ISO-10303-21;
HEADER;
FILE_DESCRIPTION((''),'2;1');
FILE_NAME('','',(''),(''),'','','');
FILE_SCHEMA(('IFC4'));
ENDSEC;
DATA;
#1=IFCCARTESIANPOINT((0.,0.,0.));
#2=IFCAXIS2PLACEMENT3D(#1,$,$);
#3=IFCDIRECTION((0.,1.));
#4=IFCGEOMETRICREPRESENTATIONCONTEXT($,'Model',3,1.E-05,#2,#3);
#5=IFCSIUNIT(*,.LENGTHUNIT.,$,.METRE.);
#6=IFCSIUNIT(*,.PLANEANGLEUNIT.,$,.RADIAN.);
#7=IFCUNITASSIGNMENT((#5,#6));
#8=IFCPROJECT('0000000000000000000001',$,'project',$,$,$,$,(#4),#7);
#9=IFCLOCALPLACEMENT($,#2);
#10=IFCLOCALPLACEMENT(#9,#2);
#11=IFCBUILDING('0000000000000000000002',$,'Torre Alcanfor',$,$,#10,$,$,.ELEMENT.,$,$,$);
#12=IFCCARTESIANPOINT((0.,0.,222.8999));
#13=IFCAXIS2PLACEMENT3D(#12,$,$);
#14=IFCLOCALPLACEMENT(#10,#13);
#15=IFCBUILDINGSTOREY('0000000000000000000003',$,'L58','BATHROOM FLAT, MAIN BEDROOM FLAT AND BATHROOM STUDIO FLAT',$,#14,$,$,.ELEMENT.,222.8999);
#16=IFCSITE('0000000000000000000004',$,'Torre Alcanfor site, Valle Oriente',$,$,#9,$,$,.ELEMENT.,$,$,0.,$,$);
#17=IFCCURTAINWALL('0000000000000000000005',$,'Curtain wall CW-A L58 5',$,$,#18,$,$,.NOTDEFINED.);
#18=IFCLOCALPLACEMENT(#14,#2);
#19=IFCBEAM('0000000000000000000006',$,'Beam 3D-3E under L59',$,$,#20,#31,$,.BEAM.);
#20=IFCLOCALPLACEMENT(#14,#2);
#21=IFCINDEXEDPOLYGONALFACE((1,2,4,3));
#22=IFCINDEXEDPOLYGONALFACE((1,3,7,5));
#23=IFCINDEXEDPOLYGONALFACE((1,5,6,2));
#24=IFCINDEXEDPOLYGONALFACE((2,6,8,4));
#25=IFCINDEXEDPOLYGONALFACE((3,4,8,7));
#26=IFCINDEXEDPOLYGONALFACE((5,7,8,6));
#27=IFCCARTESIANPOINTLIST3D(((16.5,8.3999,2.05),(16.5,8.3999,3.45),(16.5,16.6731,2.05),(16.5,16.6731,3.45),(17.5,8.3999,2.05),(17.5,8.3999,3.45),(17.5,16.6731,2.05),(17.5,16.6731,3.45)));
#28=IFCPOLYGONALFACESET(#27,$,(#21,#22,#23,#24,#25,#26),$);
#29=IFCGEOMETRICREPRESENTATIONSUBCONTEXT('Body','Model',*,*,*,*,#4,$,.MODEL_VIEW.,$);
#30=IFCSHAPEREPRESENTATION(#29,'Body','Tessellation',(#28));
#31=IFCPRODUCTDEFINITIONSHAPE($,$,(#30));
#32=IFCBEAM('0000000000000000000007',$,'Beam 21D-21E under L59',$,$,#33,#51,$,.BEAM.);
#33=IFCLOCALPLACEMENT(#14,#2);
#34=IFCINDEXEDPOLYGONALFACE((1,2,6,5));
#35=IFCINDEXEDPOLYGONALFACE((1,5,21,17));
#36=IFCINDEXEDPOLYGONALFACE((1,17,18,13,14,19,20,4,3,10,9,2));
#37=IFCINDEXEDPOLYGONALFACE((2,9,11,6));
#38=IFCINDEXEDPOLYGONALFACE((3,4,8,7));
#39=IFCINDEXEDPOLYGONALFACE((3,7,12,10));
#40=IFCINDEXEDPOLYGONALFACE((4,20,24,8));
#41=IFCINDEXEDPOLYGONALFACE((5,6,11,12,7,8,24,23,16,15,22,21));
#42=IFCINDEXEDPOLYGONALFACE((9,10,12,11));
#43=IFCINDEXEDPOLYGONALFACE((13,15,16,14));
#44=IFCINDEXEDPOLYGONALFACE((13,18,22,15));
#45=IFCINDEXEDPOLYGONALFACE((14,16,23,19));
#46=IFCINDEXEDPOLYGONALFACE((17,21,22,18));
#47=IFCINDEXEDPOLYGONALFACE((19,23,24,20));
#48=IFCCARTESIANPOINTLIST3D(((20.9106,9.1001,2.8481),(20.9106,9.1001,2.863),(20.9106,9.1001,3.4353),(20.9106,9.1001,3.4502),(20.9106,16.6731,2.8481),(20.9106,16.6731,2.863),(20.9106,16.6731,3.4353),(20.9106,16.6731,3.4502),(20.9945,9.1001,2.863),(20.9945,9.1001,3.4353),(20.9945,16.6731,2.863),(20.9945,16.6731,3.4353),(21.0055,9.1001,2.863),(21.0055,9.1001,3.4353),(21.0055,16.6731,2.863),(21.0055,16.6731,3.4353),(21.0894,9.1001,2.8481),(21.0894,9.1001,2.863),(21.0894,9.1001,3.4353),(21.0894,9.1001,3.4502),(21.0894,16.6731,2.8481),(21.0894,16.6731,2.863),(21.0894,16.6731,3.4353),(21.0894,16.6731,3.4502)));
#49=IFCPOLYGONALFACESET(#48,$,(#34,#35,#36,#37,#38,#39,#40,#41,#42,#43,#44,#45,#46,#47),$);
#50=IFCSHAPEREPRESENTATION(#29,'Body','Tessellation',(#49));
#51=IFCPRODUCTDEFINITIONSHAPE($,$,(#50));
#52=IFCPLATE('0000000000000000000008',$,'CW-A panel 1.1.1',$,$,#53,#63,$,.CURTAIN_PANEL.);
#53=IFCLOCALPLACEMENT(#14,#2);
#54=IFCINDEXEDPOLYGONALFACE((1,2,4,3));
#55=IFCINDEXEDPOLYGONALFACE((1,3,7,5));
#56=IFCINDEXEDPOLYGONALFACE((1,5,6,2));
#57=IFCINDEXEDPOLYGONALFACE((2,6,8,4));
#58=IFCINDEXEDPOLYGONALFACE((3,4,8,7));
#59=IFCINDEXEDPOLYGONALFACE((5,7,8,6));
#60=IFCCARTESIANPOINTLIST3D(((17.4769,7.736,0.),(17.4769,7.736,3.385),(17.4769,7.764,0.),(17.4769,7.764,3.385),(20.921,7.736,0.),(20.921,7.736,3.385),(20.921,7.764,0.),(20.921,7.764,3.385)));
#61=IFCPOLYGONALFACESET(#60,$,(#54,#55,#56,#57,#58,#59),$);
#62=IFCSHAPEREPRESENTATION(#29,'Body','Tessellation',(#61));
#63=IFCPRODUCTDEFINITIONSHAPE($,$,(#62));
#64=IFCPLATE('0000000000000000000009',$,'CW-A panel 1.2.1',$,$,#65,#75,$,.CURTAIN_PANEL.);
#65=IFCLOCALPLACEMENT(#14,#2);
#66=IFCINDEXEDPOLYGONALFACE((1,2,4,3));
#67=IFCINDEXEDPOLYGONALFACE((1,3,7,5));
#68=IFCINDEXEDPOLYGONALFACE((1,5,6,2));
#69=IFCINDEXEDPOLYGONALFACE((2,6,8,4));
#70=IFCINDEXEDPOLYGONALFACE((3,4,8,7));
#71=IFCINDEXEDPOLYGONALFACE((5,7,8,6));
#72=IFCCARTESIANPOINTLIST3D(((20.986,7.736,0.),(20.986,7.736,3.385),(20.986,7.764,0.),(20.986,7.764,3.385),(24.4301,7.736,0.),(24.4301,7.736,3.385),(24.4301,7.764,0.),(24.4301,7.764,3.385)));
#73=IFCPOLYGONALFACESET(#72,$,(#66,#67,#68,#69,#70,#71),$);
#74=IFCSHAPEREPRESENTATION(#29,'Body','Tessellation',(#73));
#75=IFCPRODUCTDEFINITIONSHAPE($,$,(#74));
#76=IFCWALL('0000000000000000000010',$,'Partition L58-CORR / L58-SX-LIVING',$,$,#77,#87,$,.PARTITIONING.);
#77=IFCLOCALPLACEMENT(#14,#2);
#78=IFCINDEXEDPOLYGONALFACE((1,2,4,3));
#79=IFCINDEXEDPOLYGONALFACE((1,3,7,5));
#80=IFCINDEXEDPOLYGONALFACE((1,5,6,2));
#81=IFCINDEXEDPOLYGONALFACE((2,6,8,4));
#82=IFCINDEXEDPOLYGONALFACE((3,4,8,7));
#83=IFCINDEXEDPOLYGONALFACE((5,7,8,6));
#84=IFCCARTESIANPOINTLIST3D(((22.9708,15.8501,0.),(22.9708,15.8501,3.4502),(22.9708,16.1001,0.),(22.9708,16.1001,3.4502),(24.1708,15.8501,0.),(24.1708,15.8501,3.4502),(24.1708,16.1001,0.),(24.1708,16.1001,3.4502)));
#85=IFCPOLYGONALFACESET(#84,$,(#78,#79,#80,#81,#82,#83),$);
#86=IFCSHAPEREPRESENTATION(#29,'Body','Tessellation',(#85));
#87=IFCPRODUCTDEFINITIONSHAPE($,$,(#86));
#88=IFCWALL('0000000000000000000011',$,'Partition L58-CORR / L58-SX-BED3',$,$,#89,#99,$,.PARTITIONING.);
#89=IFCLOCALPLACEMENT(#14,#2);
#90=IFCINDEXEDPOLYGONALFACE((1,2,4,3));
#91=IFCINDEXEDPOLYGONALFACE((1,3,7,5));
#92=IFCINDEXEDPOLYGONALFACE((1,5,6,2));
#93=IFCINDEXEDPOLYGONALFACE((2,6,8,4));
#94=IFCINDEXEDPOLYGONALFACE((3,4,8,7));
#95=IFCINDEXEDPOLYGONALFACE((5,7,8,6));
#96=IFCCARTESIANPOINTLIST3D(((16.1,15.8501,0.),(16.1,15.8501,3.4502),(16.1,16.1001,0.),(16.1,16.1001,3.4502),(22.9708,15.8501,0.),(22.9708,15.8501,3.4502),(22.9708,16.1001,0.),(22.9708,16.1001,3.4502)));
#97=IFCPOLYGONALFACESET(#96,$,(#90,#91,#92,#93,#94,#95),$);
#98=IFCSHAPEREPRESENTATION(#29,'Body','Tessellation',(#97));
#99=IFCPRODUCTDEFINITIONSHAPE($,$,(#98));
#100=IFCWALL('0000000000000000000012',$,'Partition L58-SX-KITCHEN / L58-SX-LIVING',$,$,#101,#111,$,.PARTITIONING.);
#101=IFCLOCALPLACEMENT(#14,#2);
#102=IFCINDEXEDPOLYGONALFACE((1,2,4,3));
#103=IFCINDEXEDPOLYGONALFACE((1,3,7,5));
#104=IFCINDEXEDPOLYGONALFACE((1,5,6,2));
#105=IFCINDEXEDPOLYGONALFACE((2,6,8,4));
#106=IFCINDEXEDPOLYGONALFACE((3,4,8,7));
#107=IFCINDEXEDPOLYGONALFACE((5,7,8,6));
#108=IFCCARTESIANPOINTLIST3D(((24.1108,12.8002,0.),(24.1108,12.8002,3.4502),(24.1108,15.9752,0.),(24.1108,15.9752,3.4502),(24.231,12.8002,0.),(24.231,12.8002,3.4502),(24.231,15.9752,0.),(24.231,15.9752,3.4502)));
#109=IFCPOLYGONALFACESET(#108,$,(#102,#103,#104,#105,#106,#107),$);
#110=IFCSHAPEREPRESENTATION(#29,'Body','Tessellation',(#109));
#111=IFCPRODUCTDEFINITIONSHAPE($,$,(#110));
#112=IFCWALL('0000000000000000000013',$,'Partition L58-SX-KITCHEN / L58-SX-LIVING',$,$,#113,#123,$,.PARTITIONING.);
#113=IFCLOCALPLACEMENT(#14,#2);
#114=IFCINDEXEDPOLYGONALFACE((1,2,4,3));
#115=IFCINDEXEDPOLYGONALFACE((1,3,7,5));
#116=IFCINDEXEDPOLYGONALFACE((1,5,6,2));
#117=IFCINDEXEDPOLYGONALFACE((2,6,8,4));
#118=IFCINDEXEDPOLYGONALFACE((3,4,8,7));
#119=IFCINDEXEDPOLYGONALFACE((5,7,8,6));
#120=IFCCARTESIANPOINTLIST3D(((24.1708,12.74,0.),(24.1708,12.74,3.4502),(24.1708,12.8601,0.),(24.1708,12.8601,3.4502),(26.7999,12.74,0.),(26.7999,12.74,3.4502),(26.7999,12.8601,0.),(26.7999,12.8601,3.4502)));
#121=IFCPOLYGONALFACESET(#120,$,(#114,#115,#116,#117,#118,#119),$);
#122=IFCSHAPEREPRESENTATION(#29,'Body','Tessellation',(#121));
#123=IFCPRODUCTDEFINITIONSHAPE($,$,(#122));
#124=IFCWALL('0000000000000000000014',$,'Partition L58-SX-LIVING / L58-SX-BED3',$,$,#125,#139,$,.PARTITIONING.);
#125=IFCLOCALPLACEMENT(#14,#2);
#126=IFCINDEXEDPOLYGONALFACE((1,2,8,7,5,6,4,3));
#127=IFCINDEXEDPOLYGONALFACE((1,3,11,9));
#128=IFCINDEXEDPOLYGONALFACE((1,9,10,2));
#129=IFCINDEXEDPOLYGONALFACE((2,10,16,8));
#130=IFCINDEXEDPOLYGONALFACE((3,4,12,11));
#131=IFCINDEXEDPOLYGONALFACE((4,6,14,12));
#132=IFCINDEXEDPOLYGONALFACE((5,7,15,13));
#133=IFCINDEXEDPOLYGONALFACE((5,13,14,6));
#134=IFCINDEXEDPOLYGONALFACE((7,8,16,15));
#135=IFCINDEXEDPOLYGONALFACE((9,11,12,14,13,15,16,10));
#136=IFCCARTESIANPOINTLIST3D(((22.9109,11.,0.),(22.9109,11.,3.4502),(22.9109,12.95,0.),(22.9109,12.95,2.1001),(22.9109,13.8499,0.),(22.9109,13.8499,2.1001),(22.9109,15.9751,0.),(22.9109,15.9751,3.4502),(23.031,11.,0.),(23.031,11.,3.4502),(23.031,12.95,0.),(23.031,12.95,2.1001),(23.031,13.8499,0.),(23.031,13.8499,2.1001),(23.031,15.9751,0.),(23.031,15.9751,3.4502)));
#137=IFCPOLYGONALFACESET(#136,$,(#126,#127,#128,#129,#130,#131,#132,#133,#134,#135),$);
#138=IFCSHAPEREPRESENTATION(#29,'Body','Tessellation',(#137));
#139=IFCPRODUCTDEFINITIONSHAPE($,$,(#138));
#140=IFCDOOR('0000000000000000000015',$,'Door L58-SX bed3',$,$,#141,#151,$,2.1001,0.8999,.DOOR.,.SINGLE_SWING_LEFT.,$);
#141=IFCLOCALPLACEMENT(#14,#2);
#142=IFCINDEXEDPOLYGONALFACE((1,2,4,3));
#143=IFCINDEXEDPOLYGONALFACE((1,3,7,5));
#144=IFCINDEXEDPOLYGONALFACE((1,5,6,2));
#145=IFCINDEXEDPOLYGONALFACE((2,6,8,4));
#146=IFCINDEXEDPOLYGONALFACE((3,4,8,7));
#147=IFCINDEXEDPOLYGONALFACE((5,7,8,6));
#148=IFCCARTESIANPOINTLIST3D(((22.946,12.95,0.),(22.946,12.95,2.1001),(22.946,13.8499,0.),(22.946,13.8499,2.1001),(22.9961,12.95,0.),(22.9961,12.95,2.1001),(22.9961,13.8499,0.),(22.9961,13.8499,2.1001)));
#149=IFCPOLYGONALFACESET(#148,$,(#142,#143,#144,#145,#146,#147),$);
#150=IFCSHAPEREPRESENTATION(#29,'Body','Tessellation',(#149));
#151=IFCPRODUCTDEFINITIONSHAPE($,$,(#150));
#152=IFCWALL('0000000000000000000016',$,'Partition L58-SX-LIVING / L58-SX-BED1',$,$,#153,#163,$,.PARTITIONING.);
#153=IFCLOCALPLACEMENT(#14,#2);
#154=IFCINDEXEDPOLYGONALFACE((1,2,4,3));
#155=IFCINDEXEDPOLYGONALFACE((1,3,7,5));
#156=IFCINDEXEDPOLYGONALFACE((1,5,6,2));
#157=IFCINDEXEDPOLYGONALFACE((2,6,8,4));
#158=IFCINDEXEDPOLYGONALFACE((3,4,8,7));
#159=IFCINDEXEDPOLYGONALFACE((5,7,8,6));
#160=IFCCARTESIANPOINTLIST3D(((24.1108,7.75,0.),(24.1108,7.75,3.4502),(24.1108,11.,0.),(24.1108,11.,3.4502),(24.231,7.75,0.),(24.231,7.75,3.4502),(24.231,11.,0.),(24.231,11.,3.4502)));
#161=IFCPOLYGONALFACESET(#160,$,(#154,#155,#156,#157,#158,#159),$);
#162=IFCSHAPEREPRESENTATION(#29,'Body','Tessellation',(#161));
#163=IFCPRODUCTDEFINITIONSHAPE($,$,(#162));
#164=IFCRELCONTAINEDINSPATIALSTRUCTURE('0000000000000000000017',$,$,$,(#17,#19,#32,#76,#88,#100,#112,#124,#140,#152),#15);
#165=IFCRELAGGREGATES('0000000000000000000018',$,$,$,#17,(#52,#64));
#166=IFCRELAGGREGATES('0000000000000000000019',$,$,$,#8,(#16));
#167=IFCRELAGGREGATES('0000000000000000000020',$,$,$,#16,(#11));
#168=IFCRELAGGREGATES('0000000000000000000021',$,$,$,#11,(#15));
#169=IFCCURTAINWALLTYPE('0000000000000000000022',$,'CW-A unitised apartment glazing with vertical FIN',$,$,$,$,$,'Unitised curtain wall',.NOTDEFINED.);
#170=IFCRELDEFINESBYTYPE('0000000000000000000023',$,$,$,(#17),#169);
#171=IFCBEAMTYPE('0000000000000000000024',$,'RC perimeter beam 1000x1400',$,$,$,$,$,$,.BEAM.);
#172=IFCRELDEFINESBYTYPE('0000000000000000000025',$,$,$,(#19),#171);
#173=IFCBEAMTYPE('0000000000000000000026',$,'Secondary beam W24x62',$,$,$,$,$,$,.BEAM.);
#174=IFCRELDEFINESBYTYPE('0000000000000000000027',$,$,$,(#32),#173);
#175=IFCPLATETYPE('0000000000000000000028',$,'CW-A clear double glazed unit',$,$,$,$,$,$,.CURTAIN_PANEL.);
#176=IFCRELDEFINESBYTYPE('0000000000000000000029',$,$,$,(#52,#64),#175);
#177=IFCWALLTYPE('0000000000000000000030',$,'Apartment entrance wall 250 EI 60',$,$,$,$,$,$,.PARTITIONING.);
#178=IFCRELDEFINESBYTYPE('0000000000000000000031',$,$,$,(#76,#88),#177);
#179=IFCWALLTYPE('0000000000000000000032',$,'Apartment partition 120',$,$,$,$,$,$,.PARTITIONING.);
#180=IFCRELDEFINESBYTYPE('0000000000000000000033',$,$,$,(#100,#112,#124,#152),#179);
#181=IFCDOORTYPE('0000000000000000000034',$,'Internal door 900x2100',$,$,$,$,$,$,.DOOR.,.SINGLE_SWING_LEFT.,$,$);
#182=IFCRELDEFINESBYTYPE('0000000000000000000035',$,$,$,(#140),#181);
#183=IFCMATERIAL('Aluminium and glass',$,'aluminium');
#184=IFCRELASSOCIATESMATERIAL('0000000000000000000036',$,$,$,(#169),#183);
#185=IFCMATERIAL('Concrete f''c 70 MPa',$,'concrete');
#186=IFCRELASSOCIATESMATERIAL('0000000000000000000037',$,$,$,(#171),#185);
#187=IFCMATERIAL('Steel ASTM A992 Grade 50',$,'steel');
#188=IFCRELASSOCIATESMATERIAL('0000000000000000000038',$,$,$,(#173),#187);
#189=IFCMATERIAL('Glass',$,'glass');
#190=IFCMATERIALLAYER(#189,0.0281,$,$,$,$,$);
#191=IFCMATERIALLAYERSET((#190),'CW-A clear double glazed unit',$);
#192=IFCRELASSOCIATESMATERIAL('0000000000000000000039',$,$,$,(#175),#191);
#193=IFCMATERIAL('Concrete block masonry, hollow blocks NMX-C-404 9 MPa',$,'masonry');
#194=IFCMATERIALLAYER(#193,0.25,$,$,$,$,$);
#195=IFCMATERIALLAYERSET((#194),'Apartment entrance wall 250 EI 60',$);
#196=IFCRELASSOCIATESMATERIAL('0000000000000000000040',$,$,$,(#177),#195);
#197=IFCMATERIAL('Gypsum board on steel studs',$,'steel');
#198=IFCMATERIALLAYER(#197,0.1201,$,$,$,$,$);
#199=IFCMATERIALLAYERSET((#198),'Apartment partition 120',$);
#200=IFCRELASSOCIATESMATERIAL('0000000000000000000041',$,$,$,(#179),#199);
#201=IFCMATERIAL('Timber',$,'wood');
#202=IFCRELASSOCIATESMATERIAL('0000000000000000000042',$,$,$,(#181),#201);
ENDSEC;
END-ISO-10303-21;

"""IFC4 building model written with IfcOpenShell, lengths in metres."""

from ifc_helpers import new_model, si_unit, direction, frame, frame_2d, origin, origin_2d, place, context, subcontext, project, spatial, rectangle, i_section, extrude, material, layer, layer_set, material_profile, profile_set, type_object, element, fill, aggregate, save


model = new_model("IFC4")

# Units and contexts
model_context = context("Model", 3, precision=1e-05, world=origin(), true_north=direction((0.0, 1.0)))
body_context = subcontext(model_context, "Body", "Model", "MODEL_VIEW")
ifc_project = project(units=[si_unit("LENGTHUNIT", "METRE"), si_unit("PLANEANGLEUNIT", "RADIAN")], contexts=[model_context])

# Site, building, storey
site_placement = place(None, origin())
site = spatial("IfcSite", under=ifc_project, at=site_placement, Name="Torre Alcanfor site, Valle Oriente", CompositionType="ELEMENT", RefElevation=0.0)
building_placement = place(site_placement, origin())
building = spatial("IfcBuilding", under=site, at=building_placement, Name="Torre Alcanfor", CompositionType="ELEMENT")
storey_placement = place(building_placement, frame((0.0, 0.0, 222.8999)))
storey = spatial("IfcBuildingStorey", under=building, at=storey_placement, Name="L58", Description="BATHROOM FLAT, MAIN BEDROOM FLAT AND BATHROOM STUDIO FLAT", CompositionType="ELEMENT", Elevation=222.8999)

# Curtain wall
ifc_material_1 = material(Name="Aluminium and glass", Category="aluminium")
curtain_wall_type = type_object("IfcCurtainWallType", Name="CW-A unitised apartment glazing with vertical FIN", ElementType="Unitised curtain wall", PredefinedType="NOTDEFINED", material=ifc_material_1)
curtain_wall_placement = place(storey_placement, origin())
curtain_wall = element("IfcCurtainWall", 1, at=curtain_wall_placement, inside=storey, type_object=curtain_wall_type, Name="Curtain wall CW-A L58 5", PredefinedType="NOTDEFINED")

# Beams
ifc_material_2 = material(Name="Concrete f'c 70 MPa", Category="concrete")
ifc_material_profile_1 = material_profile(ifc_material_2, rectangle(XDim=1.0, YDim=1.3999, at=origin_2d()), Name="1000x1400")
ifc_profile_set_1 = profile_set([ifc_material_profile_1], Name="Concrete f'c 70 MPa")
beam_type_1 = type_object("IfcBeamType", Name="RC perimeter beam 1000x1400", PredefinedType="BEAM", material=ifc_profile_set_1)
beam_1_placement = place(storey_placement, frame((17.0, 8.3999, 2.75), z_axis=(0.0, 1.0, 0.0), x_axis=(-1.0, 0.0, 0.0)))
element("IfcBeam", 2, at=beam_1_placement, inside=storey, type_object=beam_type_1, Name="Beam 3D-3E under L59", PredefinedType="BEAM", context=body_context, shape_type="SweptSolid", body=[
    extrude(rectangle(XDim=1.0, YDim=1.3999, at=origin_2d()), origin(), (0.0, 0.0, 1.0), 8.2732),
])
ifc_material_3 = material(Name="Steel ASTM A992 Grade 50", Category="steel")
ifc_material_profile_2 = material_profile(ifc_material_3, i_section(OverallWidth=0.1787, OverallDepth=0.6021, WebThickness=0.011, FlangeThickness=0.0149, at=origin_2d()), Name="W24x62")
ifc_profile_set_2 = profile_set([ifc_material_profile_2], Name="Steel ASTM A992 Grade 50")
beam_type_2 = type_object("IfcBeamType", Name="Secondary beam W24x62", PredefinedType="BEAM", material=ifc_profile_set_2)
beam_2_placement = place(storey_placement, frame((21.0, 9.1001, 3.1492), z_axis=(0.0, 1.0, 0.0), x_axis=(-1.0, 0.0, 0.0)))
element("IfcBeam", 3, at=beam_2_placement, inside=storey, type_object=beam_type_2, Name="Beam 21D-21E under L59", PredefinedType="BEAM", context=body_context, shape_type="SweptSolid", body=[
    extrude(i_section(OverallWidth=0.1787, OverallDepth=0.6021, WebThickness=0.011, FlangeThickness=0.0149, at=origin_2d()), origin(), (0.0, 0.0, 1.0), 7.573),
])

# Plates
ifc_material_4 = material(Name="Glass", Category="glass")
ifc_layer_1 = layer(ifc_material_4, 0.0281)
ifc_layer_set_1 = layer_set([ifc_layer_1], Name="CW-A clear double glazed unit")
plate_type = type_object("IfcPlateType", Name="CW-A clear double glazed unit", PredefinedType="CURTAIN_PANEL", material=ifc_layer_set_1)
plate_1_placement = place(storey_placement, frame((19.199, 7.75, 0.0), z_axis=(0.0, 0.0, 1.0), x_axis=(1.0, 0.0, 0.0)))
plate_1 = element("IfcPlate", 4, at=plate_1_placement, type_object=plate_type, Name="CW-A panel 1.1.1", PredefinedType="CURTAIN_PANEL", context=body_context, shape_type="SweptSolid", body=[
    extrude(rectangle(XDim=3.4441, YDim=0.0281, at=origin_2d()), origin(), (0.0, 0.0, 1.0), 3.385),
])
plate_2_placement = place(storey_placement, frame((22.708, 7.75, 0.0), z_axis=(0.0, 0.0, 1.0), x_axis=(1.0, 0.0, 0.0)))
plate_2 = element("IfcPlate", 5, at=plate_2_placement, type_object=plate_type, Name="CW-A panel 1.2.1", PredefinedType="CURTAIN_PANEL", context=body_context, shape_type="SweptSolid", body=[
    extrude(rectangle(XDim=3.4441, YDim=0.0281, at=origin_2d()), origin(), (0.0, 0.0, 1.0), 3.385),
])
aggregate(curtain_wall, [plate_1, plate_2])

# Walls
ifc_material_5 = material(Name="Concrete block masonry, hollow blocks NMX-C-404 9 MPa", Category="masonry")
ifc_layer_2 = layer(ifc_material_5, 0.25)
ifc_layer_set_2 = layer_set([ifc_layer_2], Name="Apartment entrance wall 250 EI 60")
wall_type_1 = type_object("IfcWallType", Name="Apartment entrance wall 250 EI 60", PredefinedType="PARTITIONING", material=ifc_layer_set_2)
wall_1_placement = place(storey_placement, frame((24.1709, 15.9751, 0.0), z_axis=(0.0, 0.0, 1.0), x_axis=(-1.0, 0.0, 0.0)))
element("IfcWall", 6, at=wall_1_placement, inside=storey, type_object=wall_type_1, Name="Partition L58-CORR / L58-SX-LIVING", PredefinedType="PARTITIONING", context=body_context, shape_type="SweptSolid", body=[
    extrude(rectangle(XDim=1.2, YDim=0.25, at=frame_2d((0.6001, 0.0))), origin(), (0.0, 0.0, 1.0), 3.4502),
])
wall_2_placement = place(storey_placement, frame((22.9709, 15.9751, 0.0), z_axis=(0.0, 0.0, 1.0), x_axis=(-1.0, 0.0, 0.0)))
element("IfcWall", 7, at=wall_2_placement, inside=storey, type_object=wall_type_1, Name="Partition L58-CORR / L58-SX-BED3", PredefinedType="PARTITIONING", context=body_context, shape_type="SweptSolid", body=[
    extrude(rectangle(XDim=6.8708, YDim=0.25, at=frame_2d((3.4355, 0.0))), origin(), (0.0, 0.0, 1.0), 3.4502),
])
ifc_material_6 = material(Name="Gypsum board on steel studs", Category="steel")
ifc_layer_3 = layer(ifc_material_6, 0.1201)
ifc_layer_set_3 = layer_set([ifc_layer_3], Name="Apartment partition 120")
wall_type_2 = type_object("IfcWallType", Name="Apartment partition 120", PredefinedType="PARTITIONING", material=ifc_layer_set_3)
wall_3_placement = place(storey_placement, frame((24.1709, 15.9751, 0.0), z_axis=(0.0, 0.0, 1.0), x_axis=(0.0, -1.0, 0.0)))
element("IfcWall", 8, at=wall_3_placement, inside=storey, type_object=wall_type_2, Name="Partition L58-SX-KITCHEN / L58-SX-LIVING", PredefinedType="PARTITIONING", context=body_context, shape_type="SweptSolid", body=[
    extrude(rectangle(XDim=3.175, YDim=0.1201, at=frame_2d((1.5874, 0.0))), origin(), (0.0, 0.0, 1.0), 3.4502),
])
wall_4_placement = place(storey_placement, frame((24.1709, 12.8, 0.0), z_axis=(0.0, 0.0, 1.0), x_axis=(1.0, 0.0, 0.0)))
element("IfcWall", 9, at=wall_4_placement, inside=storey, type_object=wall_type_2, Name="Partition L58-SX-KITCHEN / L58-SX-LIVING", PredefinedType="PARTITIONING", context=body_context, shape_type="SweptSolid", body=[
    extrude(rectangle(XDim=2.6292, YDim=0.1201, at=frame_2d((1.3145, 0.0))), origin(), (0.0, 0.0, 1.0), 3.4502),
])

# Wall, opening, door
wall_5_placement = place(storey_placement, frame((22.9709, 11.0, 0.0), z_axis=(0.0, 0.0, 1.0), x_axis=(0.0, 1.0, 0.0)))
wall_5 = element("IfcWall", 10, at=wall_5_placement, inside=storey, type_object=wall_type_2, Name="Partition L58-SX-LIVING / L58-SX-BED3", PredefinedType="PARTITIONING", context=body_context, shape_type="SweptSolid", body=[
    extrude(rectangle(XDim=4.9751, YDim=0.1201, at=frame_2d((2.4875, 0.0))), origin(), (0.0, 0.0, 1.0), 3.4502),
])
opening_1_placement = place(wall_5_placement, frame((1.95, 0.0, 0.0)))
opening_1 = element("IfcOpeningElement", 11, at=opening_1_placement, cuts=wall_5, PredefinedType="OPENING", context=body_context, shape_type="SweptSolid", body=[
    extrude(rectangle(XDim=0.8999, YDim=2.1001, at=frame_2d((0.45, 1.05))), frame((0.0, 0.0701, 0.0), z_axis=(0.0, -1.0, 0.0), x_axis=(1.0, 0.0, 0.0)), (0.0, 0.0, 1.0), 0.1401),
])
ifc_material_7 = material(Name="Timber", Category="wood")
door_type_1 = type_object("IfcDoorType", Name="Internal door 900x2100", OperationType="SINGLE_SWING_LEFT", PredefinedType="DOOR", material=ifc_material_7)
door_1_placement = place(opening_1_placement, origin())
door_1 = element("IfcDoor", 12, at=door_1_placement, inside=storey, type_object=door_type_1, Name="Door L58-SX bed3", OperationType="SINGLE_SWING_LEFT", OverallHeight=2.1001, OverallWidth=0.8999, PredefinedType="DOOR", context=body_context, shape_type="SweptSolid", body=[
    extrude(rectangle(XDim=0.8999, YDim=2.1001, at=frame_2d((0.45, 1.05))), frame((0.0, 0.0249, 0.0), z_axis=(0.0, -1.0, 0.0), x_axis=(1.0, 0.0, 0.0)), (0.0, 0.0, 1.0), 0.05),
])
fill(opening_1, door_1)

# Wall
wall_6_placement = place(storey_placement, frame((24.1709, 7.75, 0.0), z_axis=(0.0, 0.0, 1.0), x_axis=(0.0, 1.0, 0.0)))
element("IfcWall", 13, at=wall_6_placement, inside=storey, type_object=wall_type_2, Name="Partition L58-SX-LIVING / L58-SX-BED1", PredefinedType="PARTITIONING", context=body_context, shape_type="SweptSolid", body=[
    extrude(rectangle(XDim=3.25, YDim=0.1201, at=frame_2d((1.625, 0.0))), origin(), (0.0, 0.0, 1.0), 3.4502),
])

save(model, "model.ifc")
